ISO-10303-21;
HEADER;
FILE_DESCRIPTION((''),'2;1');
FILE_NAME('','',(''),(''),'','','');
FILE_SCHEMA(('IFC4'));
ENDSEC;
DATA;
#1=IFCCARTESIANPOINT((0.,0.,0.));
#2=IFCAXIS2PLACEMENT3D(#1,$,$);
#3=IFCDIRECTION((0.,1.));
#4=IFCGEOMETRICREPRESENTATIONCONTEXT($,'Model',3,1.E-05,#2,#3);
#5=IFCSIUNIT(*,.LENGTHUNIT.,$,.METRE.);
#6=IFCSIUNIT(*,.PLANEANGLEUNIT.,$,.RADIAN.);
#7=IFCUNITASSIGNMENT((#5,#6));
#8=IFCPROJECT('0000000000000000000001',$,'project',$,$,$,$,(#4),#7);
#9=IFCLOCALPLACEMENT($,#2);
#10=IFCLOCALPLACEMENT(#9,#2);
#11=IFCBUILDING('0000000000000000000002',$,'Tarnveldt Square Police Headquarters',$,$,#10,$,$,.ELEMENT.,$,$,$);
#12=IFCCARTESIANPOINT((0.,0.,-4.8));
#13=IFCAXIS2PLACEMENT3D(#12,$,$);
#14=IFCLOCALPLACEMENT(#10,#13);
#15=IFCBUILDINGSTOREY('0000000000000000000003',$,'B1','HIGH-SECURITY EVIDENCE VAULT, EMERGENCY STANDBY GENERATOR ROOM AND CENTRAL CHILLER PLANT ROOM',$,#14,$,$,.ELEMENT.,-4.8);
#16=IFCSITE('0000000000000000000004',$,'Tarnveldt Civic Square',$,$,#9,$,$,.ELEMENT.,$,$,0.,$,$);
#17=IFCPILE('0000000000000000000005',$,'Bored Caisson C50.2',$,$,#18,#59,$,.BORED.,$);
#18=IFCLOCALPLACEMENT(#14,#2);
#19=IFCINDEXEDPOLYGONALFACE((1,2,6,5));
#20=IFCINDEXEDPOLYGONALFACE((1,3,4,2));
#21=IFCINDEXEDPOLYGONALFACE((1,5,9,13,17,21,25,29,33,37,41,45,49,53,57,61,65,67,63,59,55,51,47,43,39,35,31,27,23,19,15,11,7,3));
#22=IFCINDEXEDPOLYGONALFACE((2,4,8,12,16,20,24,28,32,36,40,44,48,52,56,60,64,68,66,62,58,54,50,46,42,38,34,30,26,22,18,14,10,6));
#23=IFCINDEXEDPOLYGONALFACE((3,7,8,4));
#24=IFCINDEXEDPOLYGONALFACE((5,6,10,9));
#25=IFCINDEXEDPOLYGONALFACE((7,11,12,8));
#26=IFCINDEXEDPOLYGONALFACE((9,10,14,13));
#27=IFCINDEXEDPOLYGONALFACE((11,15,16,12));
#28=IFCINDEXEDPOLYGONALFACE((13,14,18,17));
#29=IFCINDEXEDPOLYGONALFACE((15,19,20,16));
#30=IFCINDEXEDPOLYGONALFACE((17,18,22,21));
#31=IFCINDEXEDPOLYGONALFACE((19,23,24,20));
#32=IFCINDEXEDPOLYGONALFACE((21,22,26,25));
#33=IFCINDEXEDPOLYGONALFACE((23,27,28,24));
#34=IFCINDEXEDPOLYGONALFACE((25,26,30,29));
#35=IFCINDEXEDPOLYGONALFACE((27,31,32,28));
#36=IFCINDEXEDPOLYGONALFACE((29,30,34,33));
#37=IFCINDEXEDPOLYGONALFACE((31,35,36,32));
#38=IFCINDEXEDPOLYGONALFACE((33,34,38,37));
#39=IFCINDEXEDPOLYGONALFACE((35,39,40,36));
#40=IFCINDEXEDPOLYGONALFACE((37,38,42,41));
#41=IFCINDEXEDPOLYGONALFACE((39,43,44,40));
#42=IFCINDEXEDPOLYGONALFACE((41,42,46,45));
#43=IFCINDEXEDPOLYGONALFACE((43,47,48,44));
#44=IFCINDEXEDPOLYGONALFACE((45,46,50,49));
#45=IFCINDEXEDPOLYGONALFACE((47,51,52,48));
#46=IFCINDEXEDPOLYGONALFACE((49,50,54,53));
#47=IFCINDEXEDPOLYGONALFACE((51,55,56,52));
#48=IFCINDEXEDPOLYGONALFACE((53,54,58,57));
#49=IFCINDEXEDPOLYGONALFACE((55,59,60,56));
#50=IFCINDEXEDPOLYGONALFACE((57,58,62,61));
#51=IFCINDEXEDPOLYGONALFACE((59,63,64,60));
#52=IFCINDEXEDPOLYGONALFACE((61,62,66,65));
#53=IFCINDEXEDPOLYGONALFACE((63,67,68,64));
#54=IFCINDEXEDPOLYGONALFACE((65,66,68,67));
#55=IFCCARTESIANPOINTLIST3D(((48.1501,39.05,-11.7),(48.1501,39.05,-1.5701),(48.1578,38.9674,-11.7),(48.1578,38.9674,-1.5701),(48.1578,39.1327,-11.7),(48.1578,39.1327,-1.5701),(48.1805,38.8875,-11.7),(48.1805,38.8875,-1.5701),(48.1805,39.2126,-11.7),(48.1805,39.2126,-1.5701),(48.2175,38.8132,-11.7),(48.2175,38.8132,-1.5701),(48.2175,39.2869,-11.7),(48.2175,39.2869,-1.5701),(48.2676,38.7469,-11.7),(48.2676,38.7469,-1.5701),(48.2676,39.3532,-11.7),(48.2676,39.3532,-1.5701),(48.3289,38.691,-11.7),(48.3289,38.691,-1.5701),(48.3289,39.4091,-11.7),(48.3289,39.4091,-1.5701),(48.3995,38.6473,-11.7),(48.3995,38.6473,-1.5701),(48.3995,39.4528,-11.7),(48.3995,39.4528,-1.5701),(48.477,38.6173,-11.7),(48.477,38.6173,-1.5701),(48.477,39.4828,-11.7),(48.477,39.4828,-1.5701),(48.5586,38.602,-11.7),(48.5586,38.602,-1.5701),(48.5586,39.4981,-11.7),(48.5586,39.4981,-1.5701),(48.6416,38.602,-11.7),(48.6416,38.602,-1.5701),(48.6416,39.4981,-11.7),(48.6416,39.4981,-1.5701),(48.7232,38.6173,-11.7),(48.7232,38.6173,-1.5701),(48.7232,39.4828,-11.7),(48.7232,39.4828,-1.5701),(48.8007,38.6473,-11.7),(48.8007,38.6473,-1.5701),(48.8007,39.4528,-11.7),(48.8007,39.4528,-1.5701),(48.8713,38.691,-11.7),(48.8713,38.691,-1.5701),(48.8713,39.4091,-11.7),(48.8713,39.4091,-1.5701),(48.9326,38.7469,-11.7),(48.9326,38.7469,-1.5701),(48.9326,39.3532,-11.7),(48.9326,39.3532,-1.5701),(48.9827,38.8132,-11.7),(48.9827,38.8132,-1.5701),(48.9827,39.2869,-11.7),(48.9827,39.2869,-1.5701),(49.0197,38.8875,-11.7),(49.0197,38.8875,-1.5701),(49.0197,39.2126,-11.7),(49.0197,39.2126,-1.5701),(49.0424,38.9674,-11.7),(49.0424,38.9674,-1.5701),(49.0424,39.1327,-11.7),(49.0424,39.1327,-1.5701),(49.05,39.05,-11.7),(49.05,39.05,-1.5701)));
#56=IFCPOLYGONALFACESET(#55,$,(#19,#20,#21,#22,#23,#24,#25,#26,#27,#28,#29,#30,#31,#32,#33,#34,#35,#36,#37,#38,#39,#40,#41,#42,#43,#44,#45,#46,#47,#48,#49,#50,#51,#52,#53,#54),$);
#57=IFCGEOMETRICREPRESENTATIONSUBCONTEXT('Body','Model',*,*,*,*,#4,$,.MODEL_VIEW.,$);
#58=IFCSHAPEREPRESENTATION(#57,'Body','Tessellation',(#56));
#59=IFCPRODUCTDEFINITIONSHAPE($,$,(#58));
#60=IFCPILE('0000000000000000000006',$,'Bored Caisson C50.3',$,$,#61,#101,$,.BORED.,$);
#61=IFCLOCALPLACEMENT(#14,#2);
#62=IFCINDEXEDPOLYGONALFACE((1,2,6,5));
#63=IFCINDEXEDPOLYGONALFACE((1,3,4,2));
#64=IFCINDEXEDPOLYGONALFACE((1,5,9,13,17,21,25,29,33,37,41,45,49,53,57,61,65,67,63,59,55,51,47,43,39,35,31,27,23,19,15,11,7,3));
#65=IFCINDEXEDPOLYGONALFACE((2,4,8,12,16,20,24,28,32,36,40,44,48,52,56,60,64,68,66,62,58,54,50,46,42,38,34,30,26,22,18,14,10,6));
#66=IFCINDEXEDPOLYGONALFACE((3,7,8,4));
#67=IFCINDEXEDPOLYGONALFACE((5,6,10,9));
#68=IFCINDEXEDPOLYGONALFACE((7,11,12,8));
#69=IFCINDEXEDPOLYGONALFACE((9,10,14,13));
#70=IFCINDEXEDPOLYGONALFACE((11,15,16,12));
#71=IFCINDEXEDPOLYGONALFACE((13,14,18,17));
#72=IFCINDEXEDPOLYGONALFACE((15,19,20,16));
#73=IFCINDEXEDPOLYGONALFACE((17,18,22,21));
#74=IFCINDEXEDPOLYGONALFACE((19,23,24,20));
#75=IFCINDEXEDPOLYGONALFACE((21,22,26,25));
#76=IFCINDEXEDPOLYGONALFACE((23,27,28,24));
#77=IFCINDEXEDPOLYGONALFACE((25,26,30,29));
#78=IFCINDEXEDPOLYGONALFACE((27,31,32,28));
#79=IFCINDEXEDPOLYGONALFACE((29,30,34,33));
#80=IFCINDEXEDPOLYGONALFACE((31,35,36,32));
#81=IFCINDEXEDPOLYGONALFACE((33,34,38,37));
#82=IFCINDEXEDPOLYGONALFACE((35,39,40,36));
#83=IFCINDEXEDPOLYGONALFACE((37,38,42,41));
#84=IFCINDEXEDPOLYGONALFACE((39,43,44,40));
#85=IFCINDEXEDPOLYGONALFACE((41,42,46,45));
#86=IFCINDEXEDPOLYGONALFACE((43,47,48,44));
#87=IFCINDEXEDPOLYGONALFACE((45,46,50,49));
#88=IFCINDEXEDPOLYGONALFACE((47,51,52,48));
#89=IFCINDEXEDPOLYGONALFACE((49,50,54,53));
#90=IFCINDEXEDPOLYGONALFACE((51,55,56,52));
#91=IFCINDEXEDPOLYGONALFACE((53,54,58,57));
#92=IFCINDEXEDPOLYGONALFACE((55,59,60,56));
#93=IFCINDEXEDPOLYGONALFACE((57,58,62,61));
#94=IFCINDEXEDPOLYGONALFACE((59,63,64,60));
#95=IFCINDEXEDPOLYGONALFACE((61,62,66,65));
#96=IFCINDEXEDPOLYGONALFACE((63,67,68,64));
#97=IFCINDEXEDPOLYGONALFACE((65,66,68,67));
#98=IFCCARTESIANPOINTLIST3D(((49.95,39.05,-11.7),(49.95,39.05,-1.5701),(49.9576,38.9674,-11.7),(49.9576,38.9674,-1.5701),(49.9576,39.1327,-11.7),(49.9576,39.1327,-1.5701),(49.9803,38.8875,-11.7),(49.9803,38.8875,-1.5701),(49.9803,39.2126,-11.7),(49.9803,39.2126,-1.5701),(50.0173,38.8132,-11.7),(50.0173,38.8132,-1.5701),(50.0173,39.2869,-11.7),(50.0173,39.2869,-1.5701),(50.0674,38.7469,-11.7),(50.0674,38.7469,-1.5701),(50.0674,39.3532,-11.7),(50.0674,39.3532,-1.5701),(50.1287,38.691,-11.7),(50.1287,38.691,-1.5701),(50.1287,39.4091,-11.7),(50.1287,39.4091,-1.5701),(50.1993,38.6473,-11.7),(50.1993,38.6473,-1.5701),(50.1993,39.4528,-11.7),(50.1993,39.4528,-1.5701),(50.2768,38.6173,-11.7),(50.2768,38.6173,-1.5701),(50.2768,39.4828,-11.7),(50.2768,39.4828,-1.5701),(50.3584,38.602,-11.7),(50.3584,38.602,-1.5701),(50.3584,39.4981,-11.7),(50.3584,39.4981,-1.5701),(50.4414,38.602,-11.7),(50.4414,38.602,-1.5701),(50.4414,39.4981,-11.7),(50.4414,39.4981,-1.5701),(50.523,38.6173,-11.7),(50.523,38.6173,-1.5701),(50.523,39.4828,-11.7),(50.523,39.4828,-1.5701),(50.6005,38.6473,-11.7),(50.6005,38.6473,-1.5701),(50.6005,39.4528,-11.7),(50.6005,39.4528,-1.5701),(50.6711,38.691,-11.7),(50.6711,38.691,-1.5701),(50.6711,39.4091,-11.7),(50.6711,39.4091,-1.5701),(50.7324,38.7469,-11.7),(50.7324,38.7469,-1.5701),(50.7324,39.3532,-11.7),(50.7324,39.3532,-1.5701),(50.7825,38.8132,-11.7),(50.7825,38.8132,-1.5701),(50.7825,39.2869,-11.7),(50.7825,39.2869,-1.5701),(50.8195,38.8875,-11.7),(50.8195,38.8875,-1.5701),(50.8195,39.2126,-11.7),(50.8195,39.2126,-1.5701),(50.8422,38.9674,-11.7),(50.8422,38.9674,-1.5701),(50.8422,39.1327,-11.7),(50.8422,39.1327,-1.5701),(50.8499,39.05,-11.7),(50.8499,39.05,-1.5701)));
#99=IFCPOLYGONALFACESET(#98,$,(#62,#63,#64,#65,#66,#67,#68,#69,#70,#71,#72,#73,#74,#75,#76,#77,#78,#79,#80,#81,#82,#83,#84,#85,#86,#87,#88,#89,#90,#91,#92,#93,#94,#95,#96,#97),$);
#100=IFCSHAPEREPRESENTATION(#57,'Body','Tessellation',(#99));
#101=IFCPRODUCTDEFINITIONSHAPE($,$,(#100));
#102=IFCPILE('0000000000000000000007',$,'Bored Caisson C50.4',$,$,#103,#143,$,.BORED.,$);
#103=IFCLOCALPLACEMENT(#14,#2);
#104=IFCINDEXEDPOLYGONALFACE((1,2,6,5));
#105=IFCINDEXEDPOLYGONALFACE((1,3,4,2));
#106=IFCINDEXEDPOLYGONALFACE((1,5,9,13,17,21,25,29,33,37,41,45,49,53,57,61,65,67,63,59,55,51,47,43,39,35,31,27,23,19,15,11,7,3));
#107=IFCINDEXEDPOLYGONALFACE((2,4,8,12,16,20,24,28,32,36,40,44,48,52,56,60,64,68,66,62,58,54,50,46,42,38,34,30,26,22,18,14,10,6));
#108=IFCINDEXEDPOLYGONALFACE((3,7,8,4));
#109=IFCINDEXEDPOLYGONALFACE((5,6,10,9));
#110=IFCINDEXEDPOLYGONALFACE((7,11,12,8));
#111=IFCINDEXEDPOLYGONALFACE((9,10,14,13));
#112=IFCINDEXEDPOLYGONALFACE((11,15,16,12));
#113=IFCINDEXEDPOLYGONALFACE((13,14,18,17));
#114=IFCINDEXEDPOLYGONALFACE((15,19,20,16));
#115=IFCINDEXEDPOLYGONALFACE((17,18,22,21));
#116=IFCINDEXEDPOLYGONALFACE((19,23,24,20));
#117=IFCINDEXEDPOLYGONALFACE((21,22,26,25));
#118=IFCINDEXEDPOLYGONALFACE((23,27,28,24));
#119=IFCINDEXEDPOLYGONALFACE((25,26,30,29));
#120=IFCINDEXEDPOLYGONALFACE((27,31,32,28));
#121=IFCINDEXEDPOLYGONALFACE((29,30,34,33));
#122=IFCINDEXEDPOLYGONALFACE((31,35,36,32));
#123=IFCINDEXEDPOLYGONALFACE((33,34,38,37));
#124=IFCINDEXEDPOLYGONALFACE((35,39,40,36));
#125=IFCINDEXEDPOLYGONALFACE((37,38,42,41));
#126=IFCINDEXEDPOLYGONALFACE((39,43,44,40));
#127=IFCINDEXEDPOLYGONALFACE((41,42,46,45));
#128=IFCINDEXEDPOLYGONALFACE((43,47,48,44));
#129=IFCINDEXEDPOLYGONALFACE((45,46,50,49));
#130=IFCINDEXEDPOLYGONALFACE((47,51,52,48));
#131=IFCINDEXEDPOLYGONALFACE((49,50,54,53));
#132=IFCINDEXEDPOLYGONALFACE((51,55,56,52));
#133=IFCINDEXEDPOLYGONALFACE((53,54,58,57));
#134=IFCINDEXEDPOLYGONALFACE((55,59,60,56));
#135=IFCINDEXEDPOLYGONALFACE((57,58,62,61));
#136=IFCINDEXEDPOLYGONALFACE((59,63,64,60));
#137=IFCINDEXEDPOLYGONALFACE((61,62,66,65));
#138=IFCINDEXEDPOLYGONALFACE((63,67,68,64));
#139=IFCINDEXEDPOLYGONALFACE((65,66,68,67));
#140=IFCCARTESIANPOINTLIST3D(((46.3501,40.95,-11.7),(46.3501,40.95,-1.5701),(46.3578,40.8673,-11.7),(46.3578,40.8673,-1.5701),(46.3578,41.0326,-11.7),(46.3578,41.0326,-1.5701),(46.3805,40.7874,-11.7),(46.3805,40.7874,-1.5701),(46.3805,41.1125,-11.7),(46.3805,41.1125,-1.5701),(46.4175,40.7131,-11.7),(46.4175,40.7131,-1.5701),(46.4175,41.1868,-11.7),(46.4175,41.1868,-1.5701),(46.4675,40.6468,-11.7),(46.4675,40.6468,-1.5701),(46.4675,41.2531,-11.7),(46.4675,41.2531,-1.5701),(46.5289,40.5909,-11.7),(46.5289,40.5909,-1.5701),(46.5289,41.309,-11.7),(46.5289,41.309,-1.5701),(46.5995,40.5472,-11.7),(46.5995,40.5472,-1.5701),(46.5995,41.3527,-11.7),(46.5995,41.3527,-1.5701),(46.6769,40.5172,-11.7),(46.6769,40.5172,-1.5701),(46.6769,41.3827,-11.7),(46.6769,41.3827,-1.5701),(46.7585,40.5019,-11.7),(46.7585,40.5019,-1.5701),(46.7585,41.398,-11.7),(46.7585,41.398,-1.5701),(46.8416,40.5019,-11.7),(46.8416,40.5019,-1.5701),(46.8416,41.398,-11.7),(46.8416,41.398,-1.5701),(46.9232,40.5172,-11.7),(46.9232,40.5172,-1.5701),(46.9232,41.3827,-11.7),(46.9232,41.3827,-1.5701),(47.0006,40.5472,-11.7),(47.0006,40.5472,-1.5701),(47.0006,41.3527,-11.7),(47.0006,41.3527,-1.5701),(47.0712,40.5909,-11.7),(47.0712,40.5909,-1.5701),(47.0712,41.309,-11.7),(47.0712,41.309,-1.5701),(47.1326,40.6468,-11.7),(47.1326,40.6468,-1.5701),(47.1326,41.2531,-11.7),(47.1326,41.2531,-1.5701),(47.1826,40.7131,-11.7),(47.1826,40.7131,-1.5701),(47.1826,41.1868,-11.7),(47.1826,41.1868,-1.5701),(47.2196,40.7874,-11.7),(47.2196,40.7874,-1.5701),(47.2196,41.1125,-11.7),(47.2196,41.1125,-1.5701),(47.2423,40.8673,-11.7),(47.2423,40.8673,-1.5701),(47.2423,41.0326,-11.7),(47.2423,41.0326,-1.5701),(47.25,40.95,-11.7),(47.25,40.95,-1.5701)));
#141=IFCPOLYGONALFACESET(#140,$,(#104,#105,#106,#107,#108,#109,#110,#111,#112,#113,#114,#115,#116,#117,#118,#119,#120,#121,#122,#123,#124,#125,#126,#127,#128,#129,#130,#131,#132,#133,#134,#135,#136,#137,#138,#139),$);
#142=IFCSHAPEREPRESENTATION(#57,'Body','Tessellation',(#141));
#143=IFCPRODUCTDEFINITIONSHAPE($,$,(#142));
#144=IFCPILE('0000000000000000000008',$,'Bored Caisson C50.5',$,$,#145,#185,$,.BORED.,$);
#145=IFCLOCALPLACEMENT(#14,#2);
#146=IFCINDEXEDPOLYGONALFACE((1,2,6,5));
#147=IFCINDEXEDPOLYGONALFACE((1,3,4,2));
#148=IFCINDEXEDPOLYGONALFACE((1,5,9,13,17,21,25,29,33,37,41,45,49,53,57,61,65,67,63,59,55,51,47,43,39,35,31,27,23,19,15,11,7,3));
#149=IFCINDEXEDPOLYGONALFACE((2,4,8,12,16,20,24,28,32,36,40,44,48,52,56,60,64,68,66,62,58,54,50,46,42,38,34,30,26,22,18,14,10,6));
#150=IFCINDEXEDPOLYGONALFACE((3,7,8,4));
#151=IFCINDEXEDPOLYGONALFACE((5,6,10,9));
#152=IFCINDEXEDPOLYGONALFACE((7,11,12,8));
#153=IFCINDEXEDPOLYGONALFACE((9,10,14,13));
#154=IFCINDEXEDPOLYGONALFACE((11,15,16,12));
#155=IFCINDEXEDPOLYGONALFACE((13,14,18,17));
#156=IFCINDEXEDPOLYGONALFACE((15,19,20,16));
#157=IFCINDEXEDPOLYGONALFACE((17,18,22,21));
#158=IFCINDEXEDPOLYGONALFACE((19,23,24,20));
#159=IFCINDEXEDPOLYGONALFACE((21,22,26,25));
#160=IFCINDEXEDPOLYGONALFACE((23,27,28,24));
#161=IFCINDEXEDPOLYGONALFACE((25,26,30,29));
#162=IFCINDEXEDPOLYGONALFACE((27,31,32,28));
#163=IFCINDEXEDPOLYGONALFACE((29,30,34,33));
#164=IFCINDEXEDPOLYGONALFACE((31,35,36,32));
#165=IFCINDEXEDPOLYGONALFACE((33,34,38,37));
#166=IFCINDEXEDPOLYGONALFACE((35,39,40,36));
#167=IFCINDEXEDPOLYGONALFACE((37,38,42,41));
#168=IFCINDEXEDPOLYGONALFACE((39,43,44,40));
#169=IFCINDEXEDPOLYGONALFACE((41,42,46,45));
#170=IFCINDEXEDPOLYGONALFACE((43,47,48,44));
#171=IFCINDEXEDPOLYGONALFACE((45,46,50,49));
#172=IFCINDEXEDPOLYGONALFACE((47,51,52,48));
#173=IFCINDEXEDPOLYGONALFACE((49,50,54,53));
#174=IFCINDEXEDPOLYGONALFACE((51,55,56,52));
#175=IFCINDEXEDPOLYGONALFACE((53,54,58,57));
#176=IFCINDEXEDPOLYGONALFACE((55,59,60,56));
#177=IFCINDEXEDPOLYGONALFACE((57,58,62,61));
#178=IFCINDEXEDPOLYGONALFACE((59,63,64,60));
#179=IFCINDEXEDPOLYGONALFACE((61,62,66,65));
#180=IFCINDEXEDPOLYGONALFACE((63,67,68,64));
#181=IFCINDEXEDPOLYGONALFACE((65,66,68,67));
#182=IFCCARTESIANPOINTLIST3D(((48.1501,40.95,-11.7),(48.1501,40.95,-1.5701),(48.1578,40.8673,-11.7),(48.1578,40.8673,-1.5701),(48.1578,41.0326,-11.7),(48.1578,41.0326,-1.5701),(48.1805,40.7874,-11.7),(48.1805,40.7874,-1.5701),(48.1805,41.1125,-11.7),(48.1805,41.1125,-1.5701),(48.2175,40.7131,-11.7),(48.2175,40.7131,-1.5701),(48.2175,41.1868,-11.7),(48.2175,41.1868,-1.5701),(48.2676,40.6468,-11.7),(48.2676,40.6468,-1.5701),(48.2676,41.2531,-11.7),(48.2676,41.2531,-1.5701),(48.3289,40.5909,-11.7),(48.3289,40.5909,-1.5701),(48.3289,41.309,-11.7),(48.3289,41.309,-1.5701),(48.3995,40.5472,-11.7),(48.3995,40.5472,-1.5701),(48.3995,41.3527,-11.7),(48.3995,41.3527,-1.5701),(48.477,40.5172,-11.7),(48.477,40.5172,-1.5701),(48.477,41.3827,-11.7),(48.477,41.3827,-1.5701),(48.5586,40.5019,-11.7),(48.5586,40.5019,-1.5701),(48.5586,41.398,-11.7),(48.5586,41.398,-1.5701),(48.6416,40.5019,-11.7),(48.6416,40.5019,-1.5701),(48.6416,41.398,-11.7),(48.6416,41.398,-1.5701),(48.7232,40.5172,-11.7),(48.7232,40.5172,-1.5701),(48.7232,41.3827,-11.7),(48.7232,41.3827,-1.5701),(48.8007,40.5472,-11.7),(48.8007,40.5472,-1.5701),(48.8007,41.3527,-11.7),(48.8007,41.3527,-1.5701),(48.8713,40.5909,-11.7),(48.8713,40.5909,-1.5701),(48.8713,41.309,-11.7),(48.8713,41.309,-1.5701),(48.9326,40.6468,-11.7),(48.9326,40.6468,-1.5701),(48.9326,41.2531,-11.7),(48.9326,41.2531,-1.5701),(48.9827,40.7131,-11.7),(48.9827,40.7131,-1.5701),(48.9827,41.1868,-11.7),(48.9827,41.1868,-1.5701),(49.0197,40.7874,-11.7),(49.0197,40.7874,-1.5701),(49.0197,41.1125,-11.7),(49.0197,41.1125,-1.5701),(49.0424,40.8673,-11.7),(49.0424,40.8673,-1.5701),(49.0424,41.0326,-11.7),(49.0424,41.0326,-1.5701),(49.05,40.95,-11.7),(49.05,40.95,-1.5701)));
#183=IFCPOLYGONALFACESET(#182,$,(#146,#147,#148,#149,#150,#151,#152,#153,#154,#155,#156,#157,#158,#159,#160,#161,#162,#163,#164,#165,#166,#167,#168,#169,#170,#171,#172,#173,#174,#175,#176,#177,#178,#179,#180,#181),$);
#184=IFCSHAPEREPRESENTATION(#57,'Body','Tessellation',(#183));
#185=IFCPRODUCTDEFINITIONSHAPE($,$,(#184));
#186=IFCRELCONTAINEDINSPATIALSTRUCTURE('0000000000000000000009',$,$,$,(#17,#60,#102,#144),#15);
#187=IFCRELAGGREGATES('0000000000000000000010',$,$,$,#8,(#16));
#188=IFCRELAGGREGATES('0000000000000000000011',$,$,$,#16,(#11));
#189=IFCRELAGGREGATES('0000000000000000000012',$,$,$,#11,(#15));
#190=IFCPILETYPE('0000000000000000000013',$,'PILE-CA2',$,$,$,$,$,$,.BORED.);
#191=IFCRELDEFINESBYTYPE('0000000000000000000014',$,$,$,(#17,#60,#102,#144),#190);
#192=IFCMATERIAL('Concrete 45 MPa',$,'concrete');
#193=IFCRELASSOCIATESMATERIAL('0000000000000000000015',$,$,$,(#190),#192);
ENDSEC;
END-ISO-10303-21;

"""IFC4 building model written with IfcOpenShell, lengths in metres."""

from ifc_helpers import new_model, si_unit, direction, frame, origin, origin_2d, place, context, subcontext, project, spatial, circle, extrude, material, material_profile, profile_set, type_object, element, save


model = new_model("IFC4")

# Units and contexts
model_context = context("Model", 3, precision=1e-05, world=origin(), true_north=direction((0.0, 1.0)))
body_context = subcontext(model_context, "Body", "Model", "MODEL_VIEW")
ifc_project = project(units=[si_unit("LENGTHUNIT", "METRE"), si_unit("PLANEANGLEUNIT", "RADIAN")], contexts=[model_context])

# Site, building, storey
site_placement = place(None, origin())
site = spatial("IfcSite", under=ifc_project, at=site_placement, Name="Tarnveldt Civic Square", CompositionType="ELEMENT", RefElevation=0.0)
building_placement = place(site_placement, origin())
building = spatial("IfcBuilding", under=site, at=building_placement, Name="Tarnveldt Square Police Headquarters", CompositionType="ELEMENT")
storey_placement = place(building_placement, frame((0.0, 0.0, -4.8)))
storey = spatial("IfcBuildingStorey", under=building, at=storey_placement, Name="B1", Description="HIGH-SECURITY EVIDENCE VAULT, EMERGENCY STANDBY GENERATOR ROOM AND CENTRAL CHILLER PLANT ROOM", CompositionType="ELEMENT", Elevation=-4.8)

# Shared definitions
ifc_material_1 = material(Name="Concrete 45 MPa", Category="concrete")

# Piles
ifc_material_profile_1 = material_profile(ifc_material_1, circle(Radius=0.45, at=origin_2d()), Name="CAISSON-D900")
ifc_profile_set_1 = profile_set([ifc_material_profile_1], Name="Concrete 45 MPa")
pile_type = type_object("IfcPileType", Name="PILE-CA2", PredefinedType="BORED", material=ifc_profile_set_1)
for number, where, z_axis, x_axis, name in (
    (1, (48.6001, 39.05, -1.5701), (0.0, 0.0, -1.0), (1.0, 0.0, 0.0), "Bored Caisson C50.2"),
    (2, (50.3999, 39.05, -1.5701), (0.0, 0.0, -1.0), (1.0, 0.0, 0.0), "Bored Caisson C50.3"),
    (3, (46.8, 40.95, -1.5701), (0.0, 0.0, -1.0), (1.0, 0.0, 0.0), "Bored Caisson C50.4"),
    (4, (48.6001, 40.95, -1.5701), (0.0, 0.0, -1.0), (1.0, 0.0, 0.0), "Bored Caisson C50.5"),
):
    element("IfcPile", number, at=place(storey_placement, frame(where, z_axis=z_axis, x_axis=x_axis)), inside=storey, type_object=pile_type, Name=name, PredefinedType="BORED", context=body_context, shape_type="SweptSolid", body=[
        extrude(circle(Radius=0.45, at=origin_2d()), origin(), (0.0, 0.0, 1.0), 10.1299),
    ])

save(model, "model.ifc")
